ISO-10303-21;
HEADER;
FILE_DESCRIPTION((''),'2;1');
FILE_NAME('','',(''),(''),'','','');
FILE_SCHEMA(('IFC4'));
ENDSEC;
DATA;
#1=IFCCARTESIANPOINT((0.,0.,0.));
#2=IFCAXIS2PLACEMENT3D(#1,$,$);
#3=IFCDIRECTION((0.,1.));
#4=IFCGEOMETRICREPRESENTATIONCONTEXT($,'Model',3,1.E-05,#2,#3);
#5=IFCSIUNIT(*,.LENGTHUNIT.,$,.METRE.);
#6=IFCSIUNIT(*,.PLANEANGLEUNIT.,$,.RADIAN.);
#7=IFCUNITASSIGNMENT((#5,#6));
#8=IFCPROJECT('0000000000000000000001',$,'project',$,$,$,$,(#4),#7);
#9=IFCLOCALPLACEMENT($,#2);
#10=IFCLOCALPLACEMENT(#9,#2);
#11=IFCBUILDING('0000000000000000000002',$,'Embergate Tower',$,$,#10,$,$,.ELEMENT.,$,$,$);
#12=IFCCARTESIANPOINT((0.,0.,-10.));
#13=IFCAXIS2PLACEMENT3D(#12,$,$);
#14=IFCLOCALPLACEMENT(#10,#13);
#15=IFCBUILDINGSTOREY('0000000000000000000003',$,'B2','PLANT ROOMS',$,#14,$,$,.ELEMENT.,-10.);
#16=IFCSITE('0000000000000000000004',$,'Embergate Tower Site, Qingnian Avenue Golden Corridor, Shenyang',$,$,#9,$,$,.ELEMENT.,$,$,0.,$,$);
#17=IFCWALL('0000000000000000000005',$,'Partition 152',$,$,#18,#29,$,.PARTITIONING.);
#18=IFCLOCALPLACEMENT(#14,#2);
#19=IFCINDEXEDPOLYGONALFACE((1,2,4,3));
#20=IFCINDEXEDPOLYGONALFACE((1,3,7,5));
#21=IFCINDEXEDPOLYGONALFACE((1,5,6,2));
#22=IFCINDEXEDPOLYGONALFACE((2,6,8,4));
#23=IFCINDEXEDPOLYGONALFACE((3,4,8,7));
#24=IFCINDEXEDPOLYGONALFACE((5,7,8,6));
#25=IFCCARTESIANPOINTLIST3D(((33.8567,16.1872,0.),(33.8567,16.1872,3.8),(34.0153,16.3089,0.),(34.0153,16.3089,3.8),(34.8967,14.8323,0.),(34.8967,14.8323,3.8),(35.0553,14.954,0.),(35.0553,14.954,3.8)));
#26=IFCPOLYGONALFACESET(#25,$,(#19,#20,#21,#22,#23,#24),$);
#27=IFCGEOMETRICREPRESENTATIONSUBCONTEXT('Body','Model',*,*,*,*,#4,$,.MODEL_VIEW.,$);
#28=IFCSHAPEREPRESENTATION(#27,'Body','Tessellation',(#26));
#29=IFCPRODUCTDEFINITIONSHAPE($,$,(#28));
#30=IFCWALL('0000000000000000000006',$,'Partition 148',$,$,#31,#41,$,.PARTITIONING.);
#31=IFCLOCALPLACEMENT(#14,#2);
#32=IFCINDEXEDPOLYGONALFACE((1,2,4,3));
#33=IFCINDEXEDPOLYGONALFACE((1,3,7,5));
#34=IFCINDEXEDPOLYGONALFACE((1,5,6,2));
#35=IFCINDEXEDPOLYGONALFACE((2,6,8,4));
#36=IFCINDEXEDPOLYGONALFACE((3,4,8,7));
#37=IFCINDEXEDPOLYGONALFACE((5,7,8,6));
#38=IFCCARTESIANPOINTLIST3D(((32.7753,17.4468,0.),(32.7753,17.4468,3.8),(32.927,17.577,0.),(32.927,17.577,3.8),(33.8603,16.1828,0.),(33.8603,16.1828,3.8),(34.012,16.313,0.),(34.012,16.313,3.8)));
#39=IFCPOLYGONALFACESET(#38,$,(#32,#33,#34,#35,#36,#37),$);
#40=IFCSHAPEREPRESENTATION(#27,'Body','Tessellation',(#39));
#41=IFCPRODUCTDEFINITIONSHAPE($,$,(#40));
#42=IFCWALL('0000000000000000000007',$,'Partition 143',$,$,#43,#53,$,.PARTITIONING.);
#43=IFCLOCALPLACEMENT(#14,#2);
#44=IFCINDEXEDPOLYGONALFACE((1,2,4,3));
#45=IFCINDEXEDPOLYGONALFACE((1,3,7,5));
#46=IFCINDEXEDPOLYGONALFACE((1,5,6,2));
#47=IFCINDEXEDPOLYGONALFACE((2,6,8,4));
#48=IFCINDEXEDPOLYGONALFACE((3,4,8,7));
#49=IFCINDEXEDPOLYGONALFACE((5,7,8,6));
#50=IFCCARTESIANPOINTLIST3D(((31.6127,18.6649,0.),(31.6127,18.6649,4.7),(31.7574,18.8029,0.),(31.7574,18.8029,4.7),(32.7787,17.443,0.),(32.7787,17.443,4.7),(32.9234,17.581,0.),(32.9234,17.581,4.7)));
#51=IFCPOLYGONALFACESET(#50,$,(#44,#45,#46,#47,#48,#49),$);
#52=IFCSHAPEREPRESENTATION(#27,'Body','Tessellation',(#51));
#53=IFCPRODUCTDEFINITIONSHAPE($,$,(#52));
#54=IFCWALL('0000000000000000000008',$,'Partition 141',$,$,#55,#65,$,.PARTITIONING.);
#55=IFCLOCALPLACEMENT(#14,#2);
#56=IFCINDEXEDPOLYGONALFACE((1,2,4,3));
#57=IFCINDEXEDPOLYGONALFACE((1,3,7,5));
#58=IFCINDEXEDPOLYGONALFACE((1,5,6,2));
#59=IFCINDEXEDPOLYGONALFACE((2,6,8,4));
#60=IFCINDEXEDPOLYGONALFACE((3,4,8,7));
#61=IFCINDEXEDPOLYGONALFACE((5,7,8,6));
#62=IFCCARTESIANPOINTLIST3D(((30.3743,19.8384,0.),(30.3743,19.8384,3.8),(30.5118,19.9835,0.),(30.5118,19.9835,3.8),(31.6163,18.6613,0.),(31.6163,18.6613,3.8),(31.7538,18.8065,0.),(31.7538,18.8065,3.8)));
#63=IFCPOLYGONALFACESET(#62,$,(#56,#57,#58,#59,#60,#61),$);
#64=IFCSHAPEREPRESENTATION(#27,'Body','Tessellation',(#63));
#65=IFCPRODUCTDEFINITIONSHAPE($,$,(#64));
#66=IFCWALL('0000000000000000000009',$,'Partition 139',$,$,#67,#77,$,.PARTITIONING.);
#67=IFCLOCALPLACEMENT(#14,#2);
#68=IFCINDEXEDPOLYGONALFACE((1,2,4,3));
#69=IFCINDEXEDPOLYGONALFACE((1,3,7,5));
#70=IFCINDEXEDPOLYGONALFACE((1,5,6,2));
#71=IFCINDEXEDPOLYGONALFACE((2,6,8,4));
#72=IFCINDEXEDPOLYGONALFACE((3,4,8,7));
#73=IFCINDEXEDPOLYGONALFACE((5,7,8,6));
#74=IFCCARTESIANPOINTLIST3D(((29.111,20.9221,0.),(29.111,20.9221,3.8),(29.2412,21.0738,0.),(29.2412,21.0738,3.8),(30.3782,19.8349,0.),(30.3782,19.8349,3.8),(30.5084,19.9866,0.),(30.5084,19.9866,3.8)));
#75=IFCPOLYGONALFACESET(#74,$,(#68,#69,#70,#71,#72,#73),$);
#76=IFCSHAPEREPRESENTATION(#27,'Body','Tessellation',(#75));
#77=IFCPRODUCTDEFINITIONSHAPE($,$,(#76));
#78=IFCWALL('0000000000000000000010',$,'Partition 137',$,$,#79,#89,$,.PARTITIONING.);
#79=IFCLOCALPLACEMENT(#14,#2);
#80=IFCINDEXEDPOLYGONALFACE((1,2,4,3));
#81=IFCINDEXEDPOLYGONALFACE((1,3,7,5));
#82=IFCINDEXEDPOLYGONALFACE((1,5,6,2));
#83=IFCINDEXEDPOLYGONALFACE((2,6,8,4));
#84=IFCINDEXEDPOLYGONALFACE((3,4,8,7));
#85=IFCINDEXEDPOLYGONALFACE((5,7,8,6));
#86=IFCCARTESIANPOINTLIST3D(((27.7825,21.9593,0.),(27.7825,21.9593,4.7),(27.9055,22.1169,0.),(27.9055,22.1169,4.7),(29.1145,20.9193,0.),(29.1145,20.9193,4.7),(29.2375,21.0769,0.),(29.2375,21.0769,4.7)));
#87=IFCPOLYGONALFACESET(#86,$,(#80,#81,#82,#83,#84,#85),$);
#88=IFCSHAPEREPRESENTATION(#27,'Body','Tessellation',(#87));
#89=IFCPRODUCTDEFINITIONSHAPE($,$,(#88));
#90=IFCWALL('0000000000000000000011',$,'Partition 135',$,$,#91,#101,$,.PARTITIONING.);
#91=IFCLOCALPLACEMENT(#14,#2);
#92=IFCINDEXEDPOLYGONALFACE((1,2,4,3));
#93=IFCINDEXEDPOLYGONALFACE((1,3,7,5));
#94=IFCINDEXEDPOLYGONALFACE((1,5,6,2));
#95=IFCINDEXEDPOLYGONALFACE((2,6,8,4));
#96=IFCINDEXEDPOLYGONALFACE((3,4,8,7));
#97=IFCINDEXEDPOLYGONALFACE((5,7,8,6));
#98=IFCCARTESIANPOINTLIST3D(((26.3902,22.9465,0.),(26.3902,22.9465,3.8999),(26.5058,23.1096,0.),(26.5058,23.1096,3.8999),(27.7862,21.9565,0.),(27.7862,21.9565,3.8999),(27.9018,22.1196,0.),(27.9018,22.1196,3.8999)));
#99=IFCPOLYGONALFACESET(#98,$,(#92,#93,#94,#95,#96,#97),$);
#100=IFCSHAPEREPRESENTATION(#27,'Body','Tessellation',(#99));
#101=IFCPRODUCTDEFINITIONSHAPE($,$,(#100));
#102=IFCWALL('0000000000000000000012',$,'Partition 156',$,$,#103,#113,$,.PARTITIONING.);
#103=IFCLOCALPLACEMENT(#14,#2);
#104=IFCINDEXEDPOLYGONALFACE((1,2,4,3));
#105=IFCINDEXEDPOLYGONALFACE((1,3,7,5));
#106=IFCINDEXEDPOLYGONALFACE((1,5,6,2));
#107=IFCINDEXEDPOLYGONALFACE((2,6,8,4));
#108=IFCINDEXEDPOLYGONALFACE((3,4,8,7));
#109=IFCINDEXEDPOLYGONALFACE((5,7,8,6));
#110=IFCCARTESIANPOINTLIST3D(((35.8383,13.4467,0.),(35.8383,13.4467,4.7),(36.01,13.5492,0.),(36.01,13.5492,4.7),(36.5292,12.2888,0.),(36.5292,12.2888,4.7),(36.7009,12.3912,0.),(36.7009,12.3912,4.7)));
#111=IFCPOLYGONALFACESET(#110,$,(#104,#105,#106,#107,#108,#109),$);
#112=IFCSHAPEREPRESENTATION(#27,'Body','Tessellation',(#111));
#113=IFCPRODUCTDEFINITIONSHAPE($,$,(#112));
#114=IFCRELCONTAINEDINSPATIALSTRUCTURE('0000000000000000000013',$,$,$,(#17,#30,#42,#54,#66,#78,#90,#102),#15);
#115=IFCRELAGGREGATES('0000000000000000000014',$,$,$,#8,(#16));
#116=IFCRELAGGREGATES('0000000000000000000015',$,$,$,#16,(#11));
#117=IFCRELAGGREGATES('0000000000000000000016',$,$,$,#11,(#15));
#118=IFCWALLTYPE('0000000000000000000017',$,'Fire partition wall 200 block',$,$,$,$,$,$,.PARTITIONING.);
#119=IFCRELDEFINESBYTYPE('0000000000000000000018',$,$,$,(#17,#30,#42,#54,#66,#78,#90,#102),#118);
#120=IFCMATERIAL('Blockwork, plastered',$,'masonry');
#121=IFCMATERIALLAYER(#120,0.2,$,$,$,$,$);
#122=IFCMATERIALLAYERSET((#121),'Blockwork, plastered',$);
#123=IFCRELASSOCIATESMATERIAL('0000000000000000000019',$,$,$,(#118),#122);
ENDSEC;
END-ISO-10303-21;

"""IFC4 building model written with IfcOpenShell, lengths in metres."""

from ifc_helpers import new_model, si_unit, direction, frame, frame_2d, origin, place, context, subcontext, project, spatial, rectangle, extrude, source, transform, mapped, material, layer, layer_set, type_object, element, save


model = new_model("IFC4")

# Units and contexts
model_context = context("Model", 3, precision=1e-05, world=origin(), true_north=direction((0.0, 1.0)))
body_context = subcontext(model_context, "Body", "Model", "MODEL_VIEW")
ifc_project = project(units=[si_unit("LENGTHUNIT", "METRE"), si_unit("PLANEANGLEUNIT", "RADIAN")], contexts=[model_context])

# Site, building, storey
site_placement = place(None, origin())
site = spatial("IfcSite", under=ifc_project, at=site_placement, Name="Embergate Tower Site, Qingnian Avenue Golden Corridor, Shenyang", CompositionType="ELEMENT", RefElevation=0.0)
building_placement = place(site_placement, origin())
building = spatial("IfcBuilding", under=site, at=building_placement, Name="Embergate Tower", CompositionType="ELEMENT")
storey_placement = place(building_placement, frame((0.0, 0.0, -10.0)))
storey = spatial("IfcBuildingStorey", under=building, at=storey_placement, Name="B2", Description="PLANT ROOMS", CompositionType="ELEMENT", Elevation=-10.0)

# Walls
ifc_material_1 = material(Name="Blockwork, plastered", Category="masonry")
ifc_layer_1 = layer(ifc_material_1, 0.2)
ifc_layer_set_1 = layer_set([ifc_layer_1], Name="Blockwork, plastered")
wall_type_1 = type_object("IfcWallType", Name="Fire partition wall 200 block", PredefinedType="PARTITIONING", material=ifc_layer_set_1)
shared_shape_1 = source(origin(), body_context, "Body", "SweptSolid", [
    extrude(rectangle(XDim=1.708, YDim=0.2, at=frame_2d((0.854, 0.0))), origin(), (0.0, 0.0, 1.0), 3.8),
])
wall_1_placement = place(storey_placement, frame((33.936, 16.248, 0.0), z_axis=(0.0, 0.0, 1.0), x_axis=(0.608882, -0.793261, 0.0)))
element("IfcWall", 1, at=wall_1_placement, inside=storey, type_object=wall_type_1, Name="Partition 152", PredefinedType="PARTITIONING", context=body_context, shape_type="MappedRepresentation", body=[
    mapped(shared_shape_1, transform((0.0, 0.0, 0.0))),
])
shared_shape_2 = source(origin(), body_context, "Body", "SweptSolid", [
    extrude(rectangle(XDim=1.6658, YDim=0.2, at=frame_2d((0.833, 0.0))), origin(), (0.0, 0.0, 1.0), 3.8),
])
wall_2_placement = place(storey_placement, frame((32.8511, 17.512, 0.0), z_axis=(0.0, 0.0, 1.0), x_axis=(0.651346, -0.75878, 0.0)))
element("IfcWall", 2, at=wall_2_placement, inside=storey, type_object=wall_type_1, Name="Partition 148", PredefinedType="PARTITIONING", context=body_context, shape_type="MappedRepresentation", body=[
    mapped(shared_shape_2, transform((0.0, 0.0, 0.0))),
])
shared_shape_3 = source(origin(), body_context, "Body", "SweptSolid", [
    extrude(rectangle(XDim=1.689, YDim=0.2, at=frame_2d((0.8445, 0.0))), origin(), (0.0, 0.0, 1.0), 4.7),
])
wall_3_placement = place(storey_placement, frame((31.6851, 18.7339, 0.0), z_axis=(0.0, 0.0, 1.0), x_axis=(0.690362, -0.723464, 0.0)))
element("IfcWall", 3, at=wall_3_placement, inside=storey, type_object=wall_type_1, Name="Partition 143", PredefinedType="PARTITIONING", context=body_context, shape_type="MappedRepresentation", body=[
    mapped(shared_shape_3, transform((0.0, 0.0, 0.0))),
])
shared_shape_4 = source(origin(), body_context, "Body", "SweptSolid", [
    extrude(rectangle(XDim=1.7112, YDim=0.2, at=frame_2d((0.8555, 0.0))), origin(), (0.0, 0.0, 1.0), 3.8),
])
wall_4_placement = place(storey_placement, frame((30.4431, 19.9109, 0.0), z_axis=(0.0, 0.0, 1.0), x_axis=(0.725829, -0.687875, 0.0)))
element("IfcWall", 4, at=wall_4_placement, inside=storey, type_object=wall_type_1, Name="Partition 141", PredefinedType="PARTITIONING", context=body_context, shape_type="MappedRepresentation", body=[
    mapped(shared_shape_4, transform((0.0, 0.0, 0.0))),
])
shared_shape_5 = source(origin(), body_context, "Body", "SweptSolid", [
    extrude(rectangle(XDim=1.6697, YDim=0.2, at=frame_2d((0.835, 0.0))), origin(), (0.0, 0.0, 1.0), 3.8),
])
wall_5_placement = place(storey_placement, frame((29.176, 20.998, 0.0), z_axis=(0.0, 0.0, 1.0), x_axis=(0.758937, -0.651165, 0.0)))
element("IfcWall", 5, at=wall_5_placement, inside=storey, type_object=wall_type_1, Name="Partition 139", PredefinedType="PARTITIONING", context=body_context, shape_type="MappedRepresentation", body=[
    mapped(shared_shape_5, transform((0.0, 0.0, 0.0))),
])
shared_shape_6 = source(origin(), body_context, "Body", "SweptSolid", [
    extrude(rectangle(XDim=1.6899, YDim=0.2, at=frame_2d((0.845, 0.0))), origin(), (0.0, 0.0, 1.0), 4.7),
])
wall_6_placement = place(storey_placement, frame((27.844, 22.0381, 0.0), z_axis=(0.0, 0.0, 1.0), x_axis=(0.7882, -0.61542, 0.0)))
element("IfcWall", 6, at=wall_6_placement, inside=storey, type_object=wall_type_1, Name="Partition 137", PredefinedType="PARTITIONING", context=body_context, shape_type="MappedRepresentation", body=[
    mapped(shared_shape_6, transform((0.0, 0.0, 0.0))),
])
shared_shape_7 = source(origin(), body_context, "Body", "SweptSolid", [
    extrude(rectangle(XDim=1.7114, YDim=0.2, at=frame_2d((0.8557, 0.0))), origin(), (0.0, 0.0, 1.0), 3.8999),
])
wall_7_placement = place(storey_placement, frame((26.448, 23.0281, 0.0), z_axis=(0.0, 0.0, 1.0), x_axis=(0.815705, -0.578468, 0.0)))
element("IfcWall", 7, at=wall_7_placement, inside=storey, type_object=wall_type_1, Name="Partition 135", PredefinedType="PARTITIONING", context=body_context, shape_type="MappedRepresentation", body=[
    mapped(shared_shape_7, transform((0.0, 0.0, 0.0))),
])
shared_shape_8 = source(origin(), body_context, "Body", "SweptSolid", [
    extrude(rectangle(XDim=1.3484, YDim=0.2, at=frame_2d((0.6743, 0.0))), origin(), (0.0, 0.0, 1.0), 4.7),
])
wall_8_placement = place(storey_placement, frame((35.9241, 13.498, 0.0), z_axis=(0.0, 0.0, 1.0), x_axis=(0.512391, -0.858752, 0.0)))
element("IfcWall", 8, at=wall_8_placement, inside=storey, type_object=wall_type_1, Name="Partition 156", PredefinedType="PARTITIONING", context=body_context, shape_type="MappedRepresentation", body=[
    mapped(shared_shape_8, transform((0.0, 0.0, 0.0))),
])

save(model, "model.ifc")
